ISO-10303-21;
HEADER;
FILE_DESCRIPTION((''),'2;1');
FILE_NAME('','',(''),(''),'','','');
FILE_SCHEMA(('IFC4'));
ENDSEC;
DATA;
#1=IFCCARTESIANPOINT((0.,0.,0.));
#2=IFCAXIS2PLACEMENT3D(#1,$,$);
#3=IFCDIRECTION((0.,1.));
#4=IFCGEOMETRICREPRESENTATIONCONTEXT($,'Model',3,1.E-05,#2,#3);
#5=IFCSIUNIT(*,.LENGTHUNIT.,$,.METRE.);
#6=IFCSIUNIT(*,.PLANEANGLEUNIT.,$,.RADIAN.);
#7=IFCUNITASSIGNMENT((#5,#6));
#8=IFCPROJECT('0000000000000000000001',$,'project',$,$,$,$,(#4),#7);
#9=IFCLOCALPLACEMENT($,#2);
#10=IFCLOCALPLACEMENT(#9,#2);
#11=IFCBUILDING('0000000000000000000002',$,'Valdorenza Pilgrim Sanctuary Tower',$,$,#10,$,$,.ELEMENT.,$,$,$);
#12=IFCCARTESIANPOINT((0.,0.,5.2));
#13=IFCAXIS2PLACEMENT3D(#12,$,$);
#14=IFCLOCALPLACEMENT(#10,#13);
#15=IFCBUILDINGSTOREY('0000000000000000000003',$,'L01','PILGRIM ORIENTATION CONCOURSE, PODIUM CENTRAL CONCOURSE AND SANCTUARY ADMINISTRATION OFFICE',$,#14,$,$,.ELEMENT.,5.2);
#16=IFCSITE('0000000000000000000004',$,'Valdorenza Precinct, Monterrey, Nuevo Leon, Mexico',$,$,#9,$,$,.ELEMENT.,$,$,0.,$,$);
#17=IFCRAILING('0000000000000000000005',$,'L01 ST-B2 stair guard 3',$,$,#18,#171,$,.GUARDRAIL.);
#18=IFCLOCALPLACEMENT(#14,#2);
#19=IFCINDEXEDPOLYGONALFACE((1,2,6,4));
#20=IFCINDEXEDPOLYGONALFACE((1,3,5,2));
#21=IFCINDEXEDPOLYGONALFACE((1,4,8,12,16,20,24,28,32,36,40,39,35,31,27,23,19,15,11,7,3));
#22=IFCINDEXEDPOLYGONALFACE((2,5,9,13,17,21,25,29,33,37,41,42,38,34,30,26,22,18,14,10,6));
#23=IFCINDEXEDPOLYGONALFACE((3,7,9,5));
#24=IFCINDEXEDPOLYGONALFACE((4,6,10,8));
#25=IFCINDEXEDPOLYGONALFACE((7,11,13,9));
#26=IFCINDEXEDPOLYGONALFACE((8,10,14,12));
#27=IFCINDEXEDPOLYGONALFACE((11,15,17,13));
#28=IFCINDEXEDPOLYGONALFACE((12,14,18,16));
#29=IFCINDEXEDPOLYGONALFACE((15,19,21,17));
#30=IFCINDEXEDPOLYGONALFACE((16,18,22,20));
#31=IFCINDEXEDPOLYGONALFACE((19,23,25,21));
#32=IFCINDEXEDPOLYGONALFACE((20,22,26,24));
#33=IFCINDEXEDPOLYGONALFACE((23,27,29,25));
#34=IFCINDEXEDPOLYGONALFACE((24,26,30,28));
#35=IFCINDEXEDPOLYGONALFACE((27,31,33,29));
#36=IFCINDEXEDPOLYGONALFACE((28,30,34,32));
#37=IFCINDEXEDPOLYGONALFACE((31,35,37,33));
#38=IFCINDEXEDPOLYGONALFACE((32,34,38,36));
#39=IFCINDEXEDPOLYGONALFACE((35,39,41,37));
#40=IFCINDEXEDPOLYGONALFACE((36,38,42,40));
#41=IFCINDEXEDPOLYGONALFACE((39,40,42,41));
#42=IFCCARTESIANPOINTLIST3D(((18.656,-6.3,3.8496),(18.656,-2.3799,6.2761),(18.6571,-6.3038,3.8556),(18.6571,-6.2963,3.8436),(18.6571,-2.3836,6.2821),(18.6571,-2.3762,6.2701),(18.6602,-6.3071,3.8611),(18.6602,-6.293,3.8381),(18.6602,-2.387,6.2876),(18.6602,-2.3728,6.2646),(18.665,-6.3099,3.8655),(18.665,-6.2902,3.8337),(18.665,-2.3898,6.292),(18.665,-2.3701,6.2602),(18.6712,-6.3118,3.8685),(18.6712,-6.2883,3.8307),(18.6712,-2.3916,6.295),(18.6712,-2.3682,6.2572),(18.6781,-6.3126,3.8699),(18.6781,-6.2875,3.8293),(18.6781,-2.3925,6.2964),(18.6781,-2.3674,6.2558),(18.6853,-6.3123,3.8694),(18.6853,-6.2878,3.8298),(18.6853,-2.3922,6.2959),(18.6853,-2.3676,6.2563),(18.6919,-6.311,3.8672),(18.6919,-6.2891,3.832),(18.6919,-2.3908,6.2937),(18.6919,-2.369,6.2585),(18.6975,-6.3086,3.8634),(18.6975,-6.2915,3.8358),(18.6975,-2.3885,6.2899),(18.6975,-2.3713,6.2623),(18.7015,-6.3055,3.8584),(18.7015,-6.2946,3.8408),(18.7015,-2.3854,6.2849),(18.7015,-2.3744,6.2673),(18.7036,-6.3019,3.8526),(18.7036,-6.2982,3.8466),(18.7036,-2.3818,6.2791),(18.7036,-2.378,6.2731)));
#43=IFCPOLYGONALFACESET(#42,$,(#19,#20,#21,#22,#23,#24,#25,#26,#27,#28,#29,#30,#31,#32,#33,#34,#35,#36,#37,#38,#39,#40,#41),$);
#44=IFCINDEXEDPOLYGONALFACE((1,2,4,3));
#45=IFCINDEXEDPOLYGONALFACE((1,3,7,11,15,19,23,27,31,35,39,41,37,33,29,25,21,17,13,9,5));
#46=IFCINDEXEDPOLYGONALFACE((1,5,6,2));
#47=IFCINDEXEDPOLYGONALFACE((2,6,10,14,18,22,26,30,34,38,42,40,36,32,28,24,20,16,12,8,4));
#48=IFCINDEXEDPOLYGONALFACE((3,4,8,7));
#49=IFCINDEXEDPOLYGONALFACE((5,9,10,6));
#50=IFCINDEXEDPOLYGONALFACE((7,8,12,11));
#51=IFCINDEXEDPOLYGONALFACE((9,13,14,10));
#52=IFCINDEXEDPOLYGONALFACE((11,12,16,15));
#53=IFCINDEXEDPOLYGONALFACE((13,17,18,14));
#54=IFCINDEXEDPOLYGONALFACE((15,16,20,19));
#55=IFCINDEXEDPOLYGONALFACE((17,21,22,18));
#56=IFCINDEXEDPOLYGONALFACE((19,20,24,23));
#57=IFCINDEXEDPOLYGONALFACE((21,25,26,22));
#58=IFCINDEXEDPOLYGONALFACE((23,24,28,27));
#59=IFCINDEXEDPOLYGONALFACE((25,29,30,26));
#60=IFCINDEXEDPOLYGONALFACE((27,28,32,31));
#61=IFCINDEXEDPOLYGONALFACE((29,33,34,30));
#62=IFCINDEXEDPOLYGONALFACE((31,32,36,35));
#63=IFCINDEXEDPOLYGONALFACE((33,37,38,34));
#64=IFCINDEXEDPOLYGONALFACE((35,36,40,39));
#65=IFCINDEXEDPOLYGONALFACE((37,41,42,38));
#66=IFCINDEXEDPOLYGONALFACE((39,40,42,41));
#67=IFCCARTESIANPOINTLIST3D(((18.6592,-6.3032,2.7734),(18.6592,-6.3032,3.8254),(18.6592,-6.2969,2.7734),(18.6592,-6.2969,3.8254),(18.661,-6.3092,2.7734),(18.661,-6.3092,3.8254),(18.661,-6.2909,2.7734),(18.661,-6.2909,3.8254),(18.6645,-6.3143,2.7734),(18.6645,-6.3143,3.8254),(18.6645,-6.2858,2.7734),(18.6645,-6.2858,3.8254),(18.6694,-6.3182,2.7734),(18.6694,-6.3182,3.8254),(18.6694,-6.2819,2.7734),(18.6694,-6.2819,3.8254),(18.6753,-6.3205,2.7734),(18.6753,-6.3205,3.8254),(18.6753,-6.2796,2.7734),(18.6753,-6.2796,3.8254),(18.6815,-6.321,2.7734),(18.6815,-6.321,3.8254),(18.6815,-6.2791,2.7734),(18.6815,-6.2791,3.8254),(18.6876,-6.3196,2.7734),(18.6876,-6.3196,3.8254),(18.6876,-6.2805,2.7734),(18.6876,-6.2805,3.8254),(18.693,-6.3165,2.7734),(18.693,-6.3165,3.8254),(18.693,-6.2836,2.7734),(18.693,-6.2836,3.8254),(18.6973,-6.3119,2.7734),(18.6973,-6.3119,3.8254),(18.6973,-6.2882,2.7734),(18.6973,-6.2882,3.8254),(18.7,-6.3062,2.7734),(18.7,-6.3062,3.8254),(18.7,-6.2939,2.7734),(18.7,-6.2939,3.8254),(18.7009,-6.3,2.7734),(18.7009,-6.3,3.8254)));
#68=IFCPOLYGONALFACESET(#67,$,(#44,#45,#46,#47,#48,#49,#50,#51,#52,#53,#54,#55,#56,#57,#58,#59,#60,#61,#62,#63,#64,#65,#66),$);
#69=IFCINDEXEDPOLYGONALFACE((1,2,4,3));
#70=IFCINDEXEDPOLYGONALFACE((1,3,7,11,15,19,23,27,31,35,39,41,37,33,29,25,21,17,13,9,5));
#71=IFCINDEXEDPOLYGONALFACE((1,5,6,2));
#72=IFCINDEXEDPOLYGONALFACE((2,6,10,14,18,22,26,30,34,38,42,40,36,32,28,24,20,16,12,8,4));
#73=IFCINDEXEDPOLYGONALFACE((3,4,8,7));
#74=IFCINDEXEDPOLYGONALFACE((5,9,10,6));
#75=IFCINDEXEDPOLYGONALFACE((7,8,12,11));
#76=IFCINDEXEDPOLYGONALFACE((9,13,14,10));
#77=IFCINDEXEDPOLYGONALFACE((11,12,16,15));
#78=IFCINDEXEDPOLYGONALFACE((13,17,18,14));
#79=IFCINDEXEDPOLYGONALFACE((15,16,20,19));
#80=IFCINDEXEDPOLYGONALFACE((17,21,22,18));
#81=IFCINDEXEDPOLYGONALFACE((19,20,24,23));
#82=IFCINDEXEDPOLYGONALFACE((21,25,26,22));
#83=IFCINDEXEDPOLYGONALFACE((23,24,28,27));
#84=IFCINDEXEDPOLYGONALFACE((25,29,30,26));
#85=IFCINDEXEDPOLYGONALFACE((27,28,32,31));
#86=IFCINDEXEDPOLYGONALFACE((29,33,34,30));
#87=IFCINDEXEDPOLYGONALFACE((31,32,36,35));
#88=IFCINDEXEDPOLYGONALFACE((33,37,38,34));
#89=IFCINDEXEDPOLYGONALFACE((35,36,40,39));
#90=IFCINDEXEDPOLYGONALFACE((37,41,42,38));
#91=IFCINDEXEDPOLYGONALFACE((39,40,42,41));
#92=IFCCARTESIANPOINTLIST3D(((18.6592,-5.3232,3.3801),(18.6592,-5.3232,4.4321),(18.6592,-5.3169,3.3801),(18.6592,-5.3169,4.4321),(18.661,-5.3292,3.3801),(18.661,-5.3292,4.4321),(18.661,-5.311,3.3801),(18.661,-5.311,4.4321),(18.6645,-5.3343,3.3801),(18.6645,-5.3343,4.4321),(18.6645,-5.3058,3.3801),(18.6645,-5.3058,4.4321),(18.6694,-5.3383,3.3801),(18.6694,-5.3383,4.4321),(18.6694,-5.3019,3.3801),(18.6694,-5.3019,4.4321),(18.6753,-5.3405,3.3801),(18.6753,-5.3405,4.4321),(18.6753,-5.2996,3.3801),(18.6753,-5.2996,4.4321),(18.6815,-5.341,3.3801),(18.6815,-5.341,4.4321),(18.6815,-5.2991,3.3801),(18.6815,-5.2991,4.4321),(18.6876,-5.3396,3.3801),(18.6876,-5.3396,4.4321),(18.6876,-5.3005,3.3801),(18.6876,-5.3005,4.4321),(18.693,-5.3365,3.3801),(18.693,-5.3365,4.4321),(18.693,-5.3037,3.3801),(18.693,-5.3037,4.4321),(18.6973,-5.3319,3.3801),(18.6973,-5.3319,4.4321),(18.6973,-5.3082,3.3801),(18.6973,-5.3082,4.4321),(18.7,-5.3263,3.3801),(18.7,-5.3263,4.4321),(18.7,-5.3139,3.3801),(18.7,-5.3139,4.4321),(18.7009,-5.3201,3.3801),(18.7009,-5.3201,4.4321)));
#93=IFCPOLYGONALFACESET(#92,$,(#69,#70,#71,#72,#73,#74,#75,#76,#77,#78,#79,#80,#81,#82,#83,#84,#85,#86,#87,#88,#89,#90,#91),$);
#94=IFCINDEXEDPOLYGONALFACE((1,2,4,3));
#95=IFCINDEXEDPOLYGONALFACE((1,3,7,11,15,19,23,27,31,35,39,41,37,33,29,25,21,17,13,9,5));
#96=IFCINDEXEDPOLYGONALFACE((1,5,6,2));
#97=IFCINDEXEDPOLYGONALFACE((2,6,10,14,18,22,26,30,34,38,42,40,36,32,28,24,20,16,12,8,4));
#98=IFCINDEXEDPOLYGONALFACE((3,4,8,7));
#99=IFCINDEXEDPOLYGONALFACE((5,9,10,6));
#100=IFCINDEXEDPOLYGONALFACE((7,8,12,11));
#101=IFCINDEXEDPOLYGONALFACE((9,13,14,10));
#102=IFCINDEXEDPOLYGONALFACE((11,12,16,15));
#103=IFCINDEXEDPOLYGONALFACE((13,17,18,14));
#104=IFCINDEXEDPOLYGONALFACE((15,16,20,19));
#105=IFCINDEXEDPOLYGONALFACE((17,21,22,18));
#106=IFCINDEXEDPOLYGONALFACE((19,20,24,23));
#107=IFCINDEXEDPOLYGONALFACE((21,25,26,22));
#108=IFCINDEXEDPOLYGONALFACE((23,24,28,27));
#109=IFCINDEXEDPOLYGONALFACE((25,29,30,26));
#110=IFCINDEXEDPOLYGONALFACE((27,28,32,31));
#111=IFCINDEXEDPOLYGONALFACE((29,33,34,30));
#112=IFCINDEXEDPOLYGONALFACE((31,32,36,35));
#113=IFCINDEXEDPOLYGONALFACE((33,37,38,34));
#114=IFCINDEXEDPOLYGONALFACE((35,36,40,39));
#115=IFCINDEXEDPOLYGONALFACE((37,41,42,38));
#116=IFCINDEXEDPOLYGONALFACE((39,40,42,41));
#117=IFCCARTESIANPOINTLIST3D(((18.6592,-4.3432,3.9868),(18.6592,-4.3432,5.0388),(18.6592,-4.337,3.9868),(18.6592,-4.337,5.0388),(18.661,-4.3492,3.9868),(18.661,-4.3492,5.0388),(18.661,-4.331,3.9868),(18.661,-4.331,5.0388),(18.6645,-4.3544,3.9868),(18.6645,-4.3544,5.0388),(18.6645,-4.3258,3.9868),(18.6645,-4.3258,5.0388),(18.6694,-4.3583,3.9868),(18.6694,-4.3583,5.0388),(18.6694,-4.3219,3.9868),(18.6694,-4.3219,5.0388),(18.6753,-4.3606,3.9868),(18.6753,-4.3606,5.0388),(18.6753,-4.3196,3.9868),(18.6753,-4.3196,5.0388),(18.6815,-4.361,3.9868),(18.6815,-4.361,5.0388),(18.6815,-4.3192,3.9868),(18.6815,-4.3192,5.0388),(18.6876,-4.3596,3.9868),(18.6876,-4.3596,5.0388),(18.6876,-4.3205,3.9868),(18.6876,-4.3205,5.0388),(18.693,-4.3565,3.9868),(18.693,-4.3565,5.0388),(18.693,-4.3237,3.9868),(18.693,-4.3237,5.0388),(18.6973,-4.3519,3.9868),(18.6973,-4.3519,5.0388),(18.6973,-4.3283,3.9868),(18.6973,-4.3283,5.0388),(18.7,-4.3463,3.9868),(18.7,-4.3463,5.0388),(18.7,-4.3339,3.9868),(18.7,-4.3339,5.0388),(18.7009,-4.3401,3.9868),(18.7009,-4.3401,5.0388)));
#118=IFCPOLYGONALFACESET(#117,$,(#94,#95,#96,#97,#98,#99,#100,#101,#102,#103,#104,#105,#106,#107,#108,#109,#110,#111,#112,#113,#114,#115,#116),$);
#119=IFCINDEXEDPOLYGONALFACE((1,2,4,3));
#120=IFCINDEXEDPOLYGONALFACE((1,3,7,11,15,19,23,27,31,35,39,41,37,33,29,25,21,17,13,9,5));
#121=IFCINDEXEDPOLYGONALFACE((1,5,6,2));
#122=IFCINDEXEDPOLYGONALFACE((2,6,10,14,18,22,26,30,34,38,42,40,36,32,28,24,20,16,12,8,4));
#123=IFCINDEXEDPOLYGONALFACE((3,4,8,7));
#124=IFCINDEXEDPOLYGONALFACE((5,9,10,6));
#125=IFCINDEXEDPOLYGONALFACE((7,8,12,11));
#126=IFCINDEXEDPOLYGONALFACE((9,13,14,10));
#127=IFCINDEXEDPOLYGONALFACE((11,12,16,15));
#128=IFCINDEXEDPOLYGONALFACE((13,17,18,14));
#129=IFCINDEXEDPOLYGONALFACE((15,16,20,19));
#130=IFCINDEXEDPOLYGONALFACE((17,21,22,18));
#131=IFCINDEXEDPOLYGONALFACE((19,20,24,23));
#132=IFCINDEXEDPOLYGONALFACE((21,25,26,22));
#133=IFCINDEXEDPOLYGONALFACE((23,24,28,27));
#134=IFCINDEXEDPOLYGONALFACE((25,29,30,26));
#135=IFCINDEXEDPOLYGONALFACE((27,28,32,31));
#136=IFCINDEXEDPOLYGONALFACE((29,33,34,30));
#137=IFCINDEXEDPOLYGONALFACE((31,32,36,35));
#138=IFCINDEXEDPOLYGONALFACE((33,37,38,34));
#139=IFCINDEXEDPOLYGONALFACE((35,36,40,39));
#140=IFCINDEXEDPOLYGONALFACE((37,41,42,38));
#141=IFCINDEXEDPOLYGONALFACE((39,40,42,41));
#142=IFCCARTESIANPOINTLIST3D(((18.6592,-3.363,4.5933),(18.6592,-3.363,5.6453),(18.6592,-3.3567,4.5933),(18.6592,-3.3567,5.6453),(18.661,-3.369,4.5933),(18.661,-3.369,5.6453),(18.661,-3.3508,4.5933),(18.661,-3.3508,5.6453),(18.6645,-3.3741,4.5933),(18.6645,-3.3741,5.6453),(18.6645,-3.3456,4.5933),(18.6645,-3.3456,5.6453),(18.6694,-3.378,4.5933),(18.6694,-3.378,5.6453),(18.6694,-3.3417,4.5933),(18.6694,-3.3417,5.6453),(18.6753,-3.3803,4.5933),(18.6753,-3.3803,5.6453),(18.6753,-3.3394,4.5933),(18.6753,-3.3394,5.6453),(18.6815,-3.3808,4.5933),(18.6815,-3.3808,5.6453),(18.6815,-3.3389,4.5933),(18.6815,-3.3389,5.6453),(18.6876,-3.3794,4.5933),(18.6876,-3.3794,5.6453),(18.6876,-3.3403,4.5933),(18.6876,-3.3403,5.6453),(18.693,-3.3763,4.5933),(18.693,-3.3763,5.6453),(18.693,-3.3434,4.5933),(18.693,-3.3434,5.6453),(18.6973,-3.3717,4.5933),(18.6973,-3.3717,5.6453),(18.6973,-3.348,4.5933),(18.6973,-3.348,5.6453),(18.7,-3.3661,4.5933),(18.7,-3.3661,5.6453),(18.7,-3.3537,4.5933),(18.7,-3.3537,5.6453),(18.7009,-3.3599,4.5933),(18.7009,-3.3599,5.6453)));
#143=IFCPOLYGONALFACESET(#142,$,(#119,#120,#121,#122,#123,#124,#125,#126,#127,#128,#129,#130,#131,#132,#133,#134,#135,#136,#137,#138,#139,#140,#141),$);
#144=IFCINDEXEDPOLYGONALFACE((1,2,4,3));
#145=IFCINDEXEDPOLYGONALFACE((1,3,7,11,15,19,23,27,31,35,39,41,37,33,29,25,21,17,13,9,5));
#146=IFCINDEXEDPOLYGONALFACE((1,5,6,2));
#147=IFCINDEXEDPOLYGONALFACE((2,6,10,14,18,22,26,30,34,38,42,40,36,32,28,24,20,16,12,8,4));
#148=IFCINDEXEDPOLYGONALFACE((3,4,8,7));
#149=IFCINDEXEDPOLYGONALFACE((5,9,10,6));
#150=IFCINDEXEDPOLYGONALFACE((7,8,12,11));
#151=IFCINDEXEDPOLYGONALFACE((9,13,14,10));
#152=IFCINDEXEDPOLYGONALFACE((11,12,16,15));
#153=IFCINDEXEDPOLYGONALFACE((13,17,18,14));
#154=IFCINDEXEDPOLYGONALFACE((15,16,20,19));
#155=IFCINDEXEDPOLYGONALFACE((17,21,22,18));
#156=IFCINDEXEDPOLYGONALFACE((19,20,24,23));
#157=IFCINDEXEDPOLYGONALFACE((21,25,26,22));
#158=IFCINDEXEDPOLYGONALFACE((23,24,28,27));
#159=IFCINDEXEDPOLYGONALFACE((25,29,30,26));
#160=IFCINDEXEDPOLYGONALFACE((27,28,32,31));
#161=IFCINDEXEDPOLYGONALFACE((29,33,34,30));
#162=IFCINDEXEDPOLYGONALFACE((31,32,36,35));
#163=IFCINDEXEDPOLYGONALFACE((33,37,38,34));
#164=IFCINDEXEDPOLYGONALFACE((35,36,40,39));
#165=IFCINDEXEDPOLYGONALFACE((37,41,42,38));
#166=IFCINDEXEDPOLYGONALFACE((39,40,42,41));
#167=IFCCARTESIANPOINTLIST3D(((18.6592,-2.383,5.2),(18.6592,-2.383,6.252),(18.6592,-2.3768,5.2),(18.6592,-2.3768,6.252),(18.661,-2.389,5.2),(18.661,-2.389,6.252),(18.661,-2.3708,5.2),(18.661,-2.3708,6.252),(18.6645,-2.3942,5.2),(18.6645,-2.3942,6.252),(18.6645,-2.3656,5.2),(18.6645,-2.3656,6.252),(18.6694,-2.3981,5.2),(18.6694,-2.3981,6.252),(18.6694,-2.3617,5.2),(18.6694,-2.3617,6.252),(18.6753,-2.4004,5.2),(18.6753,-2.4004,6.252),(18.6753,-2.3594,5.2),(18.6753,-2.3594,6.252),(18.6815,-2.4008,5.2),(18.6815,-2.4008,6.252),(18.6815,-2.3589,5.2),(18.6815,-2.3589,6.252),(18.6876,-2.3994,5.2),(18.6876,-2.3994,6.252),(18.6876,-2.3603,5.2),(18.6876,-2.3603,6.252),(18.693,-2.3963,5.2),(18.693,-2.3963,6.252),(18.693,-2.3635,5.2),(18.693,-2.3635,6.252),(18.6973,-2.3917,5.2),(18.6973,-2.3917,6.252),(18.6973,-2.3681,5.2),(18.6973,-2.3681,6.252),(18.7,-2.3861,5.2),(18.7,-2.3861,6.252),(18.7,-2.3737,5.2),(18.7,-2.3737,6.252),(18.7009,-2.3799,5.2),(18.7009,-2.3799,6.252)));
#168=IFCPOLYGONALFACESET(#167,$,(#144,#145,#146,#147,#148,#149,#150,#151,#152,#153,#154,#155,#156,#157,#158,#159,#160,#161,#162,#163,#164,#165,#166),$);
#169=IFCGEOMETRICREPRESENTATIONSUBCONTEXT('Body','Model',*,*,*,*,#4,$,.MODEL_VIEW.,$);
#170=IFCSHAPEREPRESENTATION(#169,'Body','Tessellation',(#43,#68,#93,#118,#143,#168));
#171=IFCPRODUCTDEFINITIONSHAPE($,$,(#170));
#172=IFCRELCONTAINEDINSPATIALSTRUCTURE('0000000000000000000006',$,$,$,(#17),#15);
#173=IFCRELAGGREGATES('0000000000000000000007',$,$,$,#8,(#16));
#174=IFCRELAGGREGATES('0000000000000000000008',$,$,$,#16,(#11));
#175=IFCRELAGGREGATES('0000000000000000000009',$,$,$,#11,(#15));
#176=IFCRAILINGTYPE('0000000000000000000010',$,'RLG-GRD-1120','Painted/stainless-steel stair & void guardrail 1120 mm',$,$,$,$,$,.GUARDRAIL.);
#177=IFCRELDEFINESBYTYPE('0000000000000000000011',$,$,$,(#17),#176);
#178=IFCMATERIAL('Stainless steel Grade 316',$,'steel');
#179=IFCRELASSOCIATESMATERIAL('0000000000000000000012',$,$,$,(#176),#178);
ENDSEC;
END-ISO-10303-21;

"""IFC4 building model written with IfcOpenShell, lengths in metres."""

from ifc_helpers import new_model, si_unit, direction, frame, origin, origin_2d, place, context, subcontext, project, spatial, circle, extrude, material, type_object, element, save


model = new_model("IFC4")

# Units and contexts
model_context = context("Model", 3, precision=1e-05, world=origin(), true_north=direction((0.0, 1.0)))
body_context = subcontext(model_context, "Body", "Model", "MODEL_VIEW")
ifc_project = project(units=[si_unit("LENGTHUNIT", "METRE"), si_unit("PLANEANGLEUNIT", "RADIAN")], contexts=[model_context])

# Site, building, storey
site_placement = place(None, origin())
site = spatial("IfcSite", under=ifc_project, at=site_placement, Name="Valdorenza Precinct, Monterrey, Nuevo Leon, Mexico", CompositionType="ELEMENT", RefElevation=0.0)
building_placement = place(site_placement, origin())
building = spatial("IfcBuilding", under=site, at=building_placement, Name="Valdorenza Pilgrim Sanctuary Tower", CompositionType="ELEMENT")
storey_placement = place(building_placement, frame((0.0, 0.0, 5.2)))
storey = spatial("IfcBuildingStorey", under=building, at=storey_placement, Name="L01", Description="PILGRIM ORIENTATION CONCOURSE, PODIUM CENTRAL CONCOURSE AND SANCTUARY ADMINISTRATION OFFICE", CompositionType="ELEMENT", Elevation=5.2)

# Railing
ifc_material_1 = material(Name="Stainless steel Grade 316", Category="steel")
railing_type_1 = type_object("IfcRailingType", Name="RLG-GRD-1120", Description="Painted/stainless-steel stair & void guardrail 1120 mm", PredefinedType="GUARDRAIL", material=ifc_material_1)
railing_1_placement = place(storey_placement, frame((18.6799, -6.3, 2.7734)))
element("IfcRailing", 1, at=railing_1_placement, inside=storey, type_object=railing_type_1, Name="L01 ST-B2 stair guard 3", PredefinedType="GUARDRAIL", context=body_context, shape_type="SweptSolid", body=[
    extrude(circle(Radius=0.0239, at=origin_2d()), frame((0.0, 0.0, 1.0762), z_axis=(0.0, 0.85029, 0.526315), x_axis=(-1.0, 0.0, 0.0)), (0.0, 0.0, 1.0), 4.6104),
    extrude(circle(Radius=0.021, at=origin_2d()), origin(), (0.0, 0.0, 1.0), 1.052),
    extrude(circle(Radius=0.021, at=origin_2d()), frame((0.0, 0.98, 0.6067)), (0.0, 0.0, 1.0), 1.052),
    extrude(circle(Radius=0.021, at=origin_2d()), frame((0.0, 1.96, 1.2134)), (0.0, 0.0, 1.0), 1.052),
    extrude(circle(Radius=0.021, at=origin_2d()), frame((0.0, 2.9402, 1.8198)), (0.0, 0.0, 1.0), 1.052),
    extrude(circle(Radius=0.021, at=origin_2d()), frame((0.0, 3.9202, 2.4265)), (0.0, 0.0, 1.0), 1.052),
])

save(model, "model.ifc")
